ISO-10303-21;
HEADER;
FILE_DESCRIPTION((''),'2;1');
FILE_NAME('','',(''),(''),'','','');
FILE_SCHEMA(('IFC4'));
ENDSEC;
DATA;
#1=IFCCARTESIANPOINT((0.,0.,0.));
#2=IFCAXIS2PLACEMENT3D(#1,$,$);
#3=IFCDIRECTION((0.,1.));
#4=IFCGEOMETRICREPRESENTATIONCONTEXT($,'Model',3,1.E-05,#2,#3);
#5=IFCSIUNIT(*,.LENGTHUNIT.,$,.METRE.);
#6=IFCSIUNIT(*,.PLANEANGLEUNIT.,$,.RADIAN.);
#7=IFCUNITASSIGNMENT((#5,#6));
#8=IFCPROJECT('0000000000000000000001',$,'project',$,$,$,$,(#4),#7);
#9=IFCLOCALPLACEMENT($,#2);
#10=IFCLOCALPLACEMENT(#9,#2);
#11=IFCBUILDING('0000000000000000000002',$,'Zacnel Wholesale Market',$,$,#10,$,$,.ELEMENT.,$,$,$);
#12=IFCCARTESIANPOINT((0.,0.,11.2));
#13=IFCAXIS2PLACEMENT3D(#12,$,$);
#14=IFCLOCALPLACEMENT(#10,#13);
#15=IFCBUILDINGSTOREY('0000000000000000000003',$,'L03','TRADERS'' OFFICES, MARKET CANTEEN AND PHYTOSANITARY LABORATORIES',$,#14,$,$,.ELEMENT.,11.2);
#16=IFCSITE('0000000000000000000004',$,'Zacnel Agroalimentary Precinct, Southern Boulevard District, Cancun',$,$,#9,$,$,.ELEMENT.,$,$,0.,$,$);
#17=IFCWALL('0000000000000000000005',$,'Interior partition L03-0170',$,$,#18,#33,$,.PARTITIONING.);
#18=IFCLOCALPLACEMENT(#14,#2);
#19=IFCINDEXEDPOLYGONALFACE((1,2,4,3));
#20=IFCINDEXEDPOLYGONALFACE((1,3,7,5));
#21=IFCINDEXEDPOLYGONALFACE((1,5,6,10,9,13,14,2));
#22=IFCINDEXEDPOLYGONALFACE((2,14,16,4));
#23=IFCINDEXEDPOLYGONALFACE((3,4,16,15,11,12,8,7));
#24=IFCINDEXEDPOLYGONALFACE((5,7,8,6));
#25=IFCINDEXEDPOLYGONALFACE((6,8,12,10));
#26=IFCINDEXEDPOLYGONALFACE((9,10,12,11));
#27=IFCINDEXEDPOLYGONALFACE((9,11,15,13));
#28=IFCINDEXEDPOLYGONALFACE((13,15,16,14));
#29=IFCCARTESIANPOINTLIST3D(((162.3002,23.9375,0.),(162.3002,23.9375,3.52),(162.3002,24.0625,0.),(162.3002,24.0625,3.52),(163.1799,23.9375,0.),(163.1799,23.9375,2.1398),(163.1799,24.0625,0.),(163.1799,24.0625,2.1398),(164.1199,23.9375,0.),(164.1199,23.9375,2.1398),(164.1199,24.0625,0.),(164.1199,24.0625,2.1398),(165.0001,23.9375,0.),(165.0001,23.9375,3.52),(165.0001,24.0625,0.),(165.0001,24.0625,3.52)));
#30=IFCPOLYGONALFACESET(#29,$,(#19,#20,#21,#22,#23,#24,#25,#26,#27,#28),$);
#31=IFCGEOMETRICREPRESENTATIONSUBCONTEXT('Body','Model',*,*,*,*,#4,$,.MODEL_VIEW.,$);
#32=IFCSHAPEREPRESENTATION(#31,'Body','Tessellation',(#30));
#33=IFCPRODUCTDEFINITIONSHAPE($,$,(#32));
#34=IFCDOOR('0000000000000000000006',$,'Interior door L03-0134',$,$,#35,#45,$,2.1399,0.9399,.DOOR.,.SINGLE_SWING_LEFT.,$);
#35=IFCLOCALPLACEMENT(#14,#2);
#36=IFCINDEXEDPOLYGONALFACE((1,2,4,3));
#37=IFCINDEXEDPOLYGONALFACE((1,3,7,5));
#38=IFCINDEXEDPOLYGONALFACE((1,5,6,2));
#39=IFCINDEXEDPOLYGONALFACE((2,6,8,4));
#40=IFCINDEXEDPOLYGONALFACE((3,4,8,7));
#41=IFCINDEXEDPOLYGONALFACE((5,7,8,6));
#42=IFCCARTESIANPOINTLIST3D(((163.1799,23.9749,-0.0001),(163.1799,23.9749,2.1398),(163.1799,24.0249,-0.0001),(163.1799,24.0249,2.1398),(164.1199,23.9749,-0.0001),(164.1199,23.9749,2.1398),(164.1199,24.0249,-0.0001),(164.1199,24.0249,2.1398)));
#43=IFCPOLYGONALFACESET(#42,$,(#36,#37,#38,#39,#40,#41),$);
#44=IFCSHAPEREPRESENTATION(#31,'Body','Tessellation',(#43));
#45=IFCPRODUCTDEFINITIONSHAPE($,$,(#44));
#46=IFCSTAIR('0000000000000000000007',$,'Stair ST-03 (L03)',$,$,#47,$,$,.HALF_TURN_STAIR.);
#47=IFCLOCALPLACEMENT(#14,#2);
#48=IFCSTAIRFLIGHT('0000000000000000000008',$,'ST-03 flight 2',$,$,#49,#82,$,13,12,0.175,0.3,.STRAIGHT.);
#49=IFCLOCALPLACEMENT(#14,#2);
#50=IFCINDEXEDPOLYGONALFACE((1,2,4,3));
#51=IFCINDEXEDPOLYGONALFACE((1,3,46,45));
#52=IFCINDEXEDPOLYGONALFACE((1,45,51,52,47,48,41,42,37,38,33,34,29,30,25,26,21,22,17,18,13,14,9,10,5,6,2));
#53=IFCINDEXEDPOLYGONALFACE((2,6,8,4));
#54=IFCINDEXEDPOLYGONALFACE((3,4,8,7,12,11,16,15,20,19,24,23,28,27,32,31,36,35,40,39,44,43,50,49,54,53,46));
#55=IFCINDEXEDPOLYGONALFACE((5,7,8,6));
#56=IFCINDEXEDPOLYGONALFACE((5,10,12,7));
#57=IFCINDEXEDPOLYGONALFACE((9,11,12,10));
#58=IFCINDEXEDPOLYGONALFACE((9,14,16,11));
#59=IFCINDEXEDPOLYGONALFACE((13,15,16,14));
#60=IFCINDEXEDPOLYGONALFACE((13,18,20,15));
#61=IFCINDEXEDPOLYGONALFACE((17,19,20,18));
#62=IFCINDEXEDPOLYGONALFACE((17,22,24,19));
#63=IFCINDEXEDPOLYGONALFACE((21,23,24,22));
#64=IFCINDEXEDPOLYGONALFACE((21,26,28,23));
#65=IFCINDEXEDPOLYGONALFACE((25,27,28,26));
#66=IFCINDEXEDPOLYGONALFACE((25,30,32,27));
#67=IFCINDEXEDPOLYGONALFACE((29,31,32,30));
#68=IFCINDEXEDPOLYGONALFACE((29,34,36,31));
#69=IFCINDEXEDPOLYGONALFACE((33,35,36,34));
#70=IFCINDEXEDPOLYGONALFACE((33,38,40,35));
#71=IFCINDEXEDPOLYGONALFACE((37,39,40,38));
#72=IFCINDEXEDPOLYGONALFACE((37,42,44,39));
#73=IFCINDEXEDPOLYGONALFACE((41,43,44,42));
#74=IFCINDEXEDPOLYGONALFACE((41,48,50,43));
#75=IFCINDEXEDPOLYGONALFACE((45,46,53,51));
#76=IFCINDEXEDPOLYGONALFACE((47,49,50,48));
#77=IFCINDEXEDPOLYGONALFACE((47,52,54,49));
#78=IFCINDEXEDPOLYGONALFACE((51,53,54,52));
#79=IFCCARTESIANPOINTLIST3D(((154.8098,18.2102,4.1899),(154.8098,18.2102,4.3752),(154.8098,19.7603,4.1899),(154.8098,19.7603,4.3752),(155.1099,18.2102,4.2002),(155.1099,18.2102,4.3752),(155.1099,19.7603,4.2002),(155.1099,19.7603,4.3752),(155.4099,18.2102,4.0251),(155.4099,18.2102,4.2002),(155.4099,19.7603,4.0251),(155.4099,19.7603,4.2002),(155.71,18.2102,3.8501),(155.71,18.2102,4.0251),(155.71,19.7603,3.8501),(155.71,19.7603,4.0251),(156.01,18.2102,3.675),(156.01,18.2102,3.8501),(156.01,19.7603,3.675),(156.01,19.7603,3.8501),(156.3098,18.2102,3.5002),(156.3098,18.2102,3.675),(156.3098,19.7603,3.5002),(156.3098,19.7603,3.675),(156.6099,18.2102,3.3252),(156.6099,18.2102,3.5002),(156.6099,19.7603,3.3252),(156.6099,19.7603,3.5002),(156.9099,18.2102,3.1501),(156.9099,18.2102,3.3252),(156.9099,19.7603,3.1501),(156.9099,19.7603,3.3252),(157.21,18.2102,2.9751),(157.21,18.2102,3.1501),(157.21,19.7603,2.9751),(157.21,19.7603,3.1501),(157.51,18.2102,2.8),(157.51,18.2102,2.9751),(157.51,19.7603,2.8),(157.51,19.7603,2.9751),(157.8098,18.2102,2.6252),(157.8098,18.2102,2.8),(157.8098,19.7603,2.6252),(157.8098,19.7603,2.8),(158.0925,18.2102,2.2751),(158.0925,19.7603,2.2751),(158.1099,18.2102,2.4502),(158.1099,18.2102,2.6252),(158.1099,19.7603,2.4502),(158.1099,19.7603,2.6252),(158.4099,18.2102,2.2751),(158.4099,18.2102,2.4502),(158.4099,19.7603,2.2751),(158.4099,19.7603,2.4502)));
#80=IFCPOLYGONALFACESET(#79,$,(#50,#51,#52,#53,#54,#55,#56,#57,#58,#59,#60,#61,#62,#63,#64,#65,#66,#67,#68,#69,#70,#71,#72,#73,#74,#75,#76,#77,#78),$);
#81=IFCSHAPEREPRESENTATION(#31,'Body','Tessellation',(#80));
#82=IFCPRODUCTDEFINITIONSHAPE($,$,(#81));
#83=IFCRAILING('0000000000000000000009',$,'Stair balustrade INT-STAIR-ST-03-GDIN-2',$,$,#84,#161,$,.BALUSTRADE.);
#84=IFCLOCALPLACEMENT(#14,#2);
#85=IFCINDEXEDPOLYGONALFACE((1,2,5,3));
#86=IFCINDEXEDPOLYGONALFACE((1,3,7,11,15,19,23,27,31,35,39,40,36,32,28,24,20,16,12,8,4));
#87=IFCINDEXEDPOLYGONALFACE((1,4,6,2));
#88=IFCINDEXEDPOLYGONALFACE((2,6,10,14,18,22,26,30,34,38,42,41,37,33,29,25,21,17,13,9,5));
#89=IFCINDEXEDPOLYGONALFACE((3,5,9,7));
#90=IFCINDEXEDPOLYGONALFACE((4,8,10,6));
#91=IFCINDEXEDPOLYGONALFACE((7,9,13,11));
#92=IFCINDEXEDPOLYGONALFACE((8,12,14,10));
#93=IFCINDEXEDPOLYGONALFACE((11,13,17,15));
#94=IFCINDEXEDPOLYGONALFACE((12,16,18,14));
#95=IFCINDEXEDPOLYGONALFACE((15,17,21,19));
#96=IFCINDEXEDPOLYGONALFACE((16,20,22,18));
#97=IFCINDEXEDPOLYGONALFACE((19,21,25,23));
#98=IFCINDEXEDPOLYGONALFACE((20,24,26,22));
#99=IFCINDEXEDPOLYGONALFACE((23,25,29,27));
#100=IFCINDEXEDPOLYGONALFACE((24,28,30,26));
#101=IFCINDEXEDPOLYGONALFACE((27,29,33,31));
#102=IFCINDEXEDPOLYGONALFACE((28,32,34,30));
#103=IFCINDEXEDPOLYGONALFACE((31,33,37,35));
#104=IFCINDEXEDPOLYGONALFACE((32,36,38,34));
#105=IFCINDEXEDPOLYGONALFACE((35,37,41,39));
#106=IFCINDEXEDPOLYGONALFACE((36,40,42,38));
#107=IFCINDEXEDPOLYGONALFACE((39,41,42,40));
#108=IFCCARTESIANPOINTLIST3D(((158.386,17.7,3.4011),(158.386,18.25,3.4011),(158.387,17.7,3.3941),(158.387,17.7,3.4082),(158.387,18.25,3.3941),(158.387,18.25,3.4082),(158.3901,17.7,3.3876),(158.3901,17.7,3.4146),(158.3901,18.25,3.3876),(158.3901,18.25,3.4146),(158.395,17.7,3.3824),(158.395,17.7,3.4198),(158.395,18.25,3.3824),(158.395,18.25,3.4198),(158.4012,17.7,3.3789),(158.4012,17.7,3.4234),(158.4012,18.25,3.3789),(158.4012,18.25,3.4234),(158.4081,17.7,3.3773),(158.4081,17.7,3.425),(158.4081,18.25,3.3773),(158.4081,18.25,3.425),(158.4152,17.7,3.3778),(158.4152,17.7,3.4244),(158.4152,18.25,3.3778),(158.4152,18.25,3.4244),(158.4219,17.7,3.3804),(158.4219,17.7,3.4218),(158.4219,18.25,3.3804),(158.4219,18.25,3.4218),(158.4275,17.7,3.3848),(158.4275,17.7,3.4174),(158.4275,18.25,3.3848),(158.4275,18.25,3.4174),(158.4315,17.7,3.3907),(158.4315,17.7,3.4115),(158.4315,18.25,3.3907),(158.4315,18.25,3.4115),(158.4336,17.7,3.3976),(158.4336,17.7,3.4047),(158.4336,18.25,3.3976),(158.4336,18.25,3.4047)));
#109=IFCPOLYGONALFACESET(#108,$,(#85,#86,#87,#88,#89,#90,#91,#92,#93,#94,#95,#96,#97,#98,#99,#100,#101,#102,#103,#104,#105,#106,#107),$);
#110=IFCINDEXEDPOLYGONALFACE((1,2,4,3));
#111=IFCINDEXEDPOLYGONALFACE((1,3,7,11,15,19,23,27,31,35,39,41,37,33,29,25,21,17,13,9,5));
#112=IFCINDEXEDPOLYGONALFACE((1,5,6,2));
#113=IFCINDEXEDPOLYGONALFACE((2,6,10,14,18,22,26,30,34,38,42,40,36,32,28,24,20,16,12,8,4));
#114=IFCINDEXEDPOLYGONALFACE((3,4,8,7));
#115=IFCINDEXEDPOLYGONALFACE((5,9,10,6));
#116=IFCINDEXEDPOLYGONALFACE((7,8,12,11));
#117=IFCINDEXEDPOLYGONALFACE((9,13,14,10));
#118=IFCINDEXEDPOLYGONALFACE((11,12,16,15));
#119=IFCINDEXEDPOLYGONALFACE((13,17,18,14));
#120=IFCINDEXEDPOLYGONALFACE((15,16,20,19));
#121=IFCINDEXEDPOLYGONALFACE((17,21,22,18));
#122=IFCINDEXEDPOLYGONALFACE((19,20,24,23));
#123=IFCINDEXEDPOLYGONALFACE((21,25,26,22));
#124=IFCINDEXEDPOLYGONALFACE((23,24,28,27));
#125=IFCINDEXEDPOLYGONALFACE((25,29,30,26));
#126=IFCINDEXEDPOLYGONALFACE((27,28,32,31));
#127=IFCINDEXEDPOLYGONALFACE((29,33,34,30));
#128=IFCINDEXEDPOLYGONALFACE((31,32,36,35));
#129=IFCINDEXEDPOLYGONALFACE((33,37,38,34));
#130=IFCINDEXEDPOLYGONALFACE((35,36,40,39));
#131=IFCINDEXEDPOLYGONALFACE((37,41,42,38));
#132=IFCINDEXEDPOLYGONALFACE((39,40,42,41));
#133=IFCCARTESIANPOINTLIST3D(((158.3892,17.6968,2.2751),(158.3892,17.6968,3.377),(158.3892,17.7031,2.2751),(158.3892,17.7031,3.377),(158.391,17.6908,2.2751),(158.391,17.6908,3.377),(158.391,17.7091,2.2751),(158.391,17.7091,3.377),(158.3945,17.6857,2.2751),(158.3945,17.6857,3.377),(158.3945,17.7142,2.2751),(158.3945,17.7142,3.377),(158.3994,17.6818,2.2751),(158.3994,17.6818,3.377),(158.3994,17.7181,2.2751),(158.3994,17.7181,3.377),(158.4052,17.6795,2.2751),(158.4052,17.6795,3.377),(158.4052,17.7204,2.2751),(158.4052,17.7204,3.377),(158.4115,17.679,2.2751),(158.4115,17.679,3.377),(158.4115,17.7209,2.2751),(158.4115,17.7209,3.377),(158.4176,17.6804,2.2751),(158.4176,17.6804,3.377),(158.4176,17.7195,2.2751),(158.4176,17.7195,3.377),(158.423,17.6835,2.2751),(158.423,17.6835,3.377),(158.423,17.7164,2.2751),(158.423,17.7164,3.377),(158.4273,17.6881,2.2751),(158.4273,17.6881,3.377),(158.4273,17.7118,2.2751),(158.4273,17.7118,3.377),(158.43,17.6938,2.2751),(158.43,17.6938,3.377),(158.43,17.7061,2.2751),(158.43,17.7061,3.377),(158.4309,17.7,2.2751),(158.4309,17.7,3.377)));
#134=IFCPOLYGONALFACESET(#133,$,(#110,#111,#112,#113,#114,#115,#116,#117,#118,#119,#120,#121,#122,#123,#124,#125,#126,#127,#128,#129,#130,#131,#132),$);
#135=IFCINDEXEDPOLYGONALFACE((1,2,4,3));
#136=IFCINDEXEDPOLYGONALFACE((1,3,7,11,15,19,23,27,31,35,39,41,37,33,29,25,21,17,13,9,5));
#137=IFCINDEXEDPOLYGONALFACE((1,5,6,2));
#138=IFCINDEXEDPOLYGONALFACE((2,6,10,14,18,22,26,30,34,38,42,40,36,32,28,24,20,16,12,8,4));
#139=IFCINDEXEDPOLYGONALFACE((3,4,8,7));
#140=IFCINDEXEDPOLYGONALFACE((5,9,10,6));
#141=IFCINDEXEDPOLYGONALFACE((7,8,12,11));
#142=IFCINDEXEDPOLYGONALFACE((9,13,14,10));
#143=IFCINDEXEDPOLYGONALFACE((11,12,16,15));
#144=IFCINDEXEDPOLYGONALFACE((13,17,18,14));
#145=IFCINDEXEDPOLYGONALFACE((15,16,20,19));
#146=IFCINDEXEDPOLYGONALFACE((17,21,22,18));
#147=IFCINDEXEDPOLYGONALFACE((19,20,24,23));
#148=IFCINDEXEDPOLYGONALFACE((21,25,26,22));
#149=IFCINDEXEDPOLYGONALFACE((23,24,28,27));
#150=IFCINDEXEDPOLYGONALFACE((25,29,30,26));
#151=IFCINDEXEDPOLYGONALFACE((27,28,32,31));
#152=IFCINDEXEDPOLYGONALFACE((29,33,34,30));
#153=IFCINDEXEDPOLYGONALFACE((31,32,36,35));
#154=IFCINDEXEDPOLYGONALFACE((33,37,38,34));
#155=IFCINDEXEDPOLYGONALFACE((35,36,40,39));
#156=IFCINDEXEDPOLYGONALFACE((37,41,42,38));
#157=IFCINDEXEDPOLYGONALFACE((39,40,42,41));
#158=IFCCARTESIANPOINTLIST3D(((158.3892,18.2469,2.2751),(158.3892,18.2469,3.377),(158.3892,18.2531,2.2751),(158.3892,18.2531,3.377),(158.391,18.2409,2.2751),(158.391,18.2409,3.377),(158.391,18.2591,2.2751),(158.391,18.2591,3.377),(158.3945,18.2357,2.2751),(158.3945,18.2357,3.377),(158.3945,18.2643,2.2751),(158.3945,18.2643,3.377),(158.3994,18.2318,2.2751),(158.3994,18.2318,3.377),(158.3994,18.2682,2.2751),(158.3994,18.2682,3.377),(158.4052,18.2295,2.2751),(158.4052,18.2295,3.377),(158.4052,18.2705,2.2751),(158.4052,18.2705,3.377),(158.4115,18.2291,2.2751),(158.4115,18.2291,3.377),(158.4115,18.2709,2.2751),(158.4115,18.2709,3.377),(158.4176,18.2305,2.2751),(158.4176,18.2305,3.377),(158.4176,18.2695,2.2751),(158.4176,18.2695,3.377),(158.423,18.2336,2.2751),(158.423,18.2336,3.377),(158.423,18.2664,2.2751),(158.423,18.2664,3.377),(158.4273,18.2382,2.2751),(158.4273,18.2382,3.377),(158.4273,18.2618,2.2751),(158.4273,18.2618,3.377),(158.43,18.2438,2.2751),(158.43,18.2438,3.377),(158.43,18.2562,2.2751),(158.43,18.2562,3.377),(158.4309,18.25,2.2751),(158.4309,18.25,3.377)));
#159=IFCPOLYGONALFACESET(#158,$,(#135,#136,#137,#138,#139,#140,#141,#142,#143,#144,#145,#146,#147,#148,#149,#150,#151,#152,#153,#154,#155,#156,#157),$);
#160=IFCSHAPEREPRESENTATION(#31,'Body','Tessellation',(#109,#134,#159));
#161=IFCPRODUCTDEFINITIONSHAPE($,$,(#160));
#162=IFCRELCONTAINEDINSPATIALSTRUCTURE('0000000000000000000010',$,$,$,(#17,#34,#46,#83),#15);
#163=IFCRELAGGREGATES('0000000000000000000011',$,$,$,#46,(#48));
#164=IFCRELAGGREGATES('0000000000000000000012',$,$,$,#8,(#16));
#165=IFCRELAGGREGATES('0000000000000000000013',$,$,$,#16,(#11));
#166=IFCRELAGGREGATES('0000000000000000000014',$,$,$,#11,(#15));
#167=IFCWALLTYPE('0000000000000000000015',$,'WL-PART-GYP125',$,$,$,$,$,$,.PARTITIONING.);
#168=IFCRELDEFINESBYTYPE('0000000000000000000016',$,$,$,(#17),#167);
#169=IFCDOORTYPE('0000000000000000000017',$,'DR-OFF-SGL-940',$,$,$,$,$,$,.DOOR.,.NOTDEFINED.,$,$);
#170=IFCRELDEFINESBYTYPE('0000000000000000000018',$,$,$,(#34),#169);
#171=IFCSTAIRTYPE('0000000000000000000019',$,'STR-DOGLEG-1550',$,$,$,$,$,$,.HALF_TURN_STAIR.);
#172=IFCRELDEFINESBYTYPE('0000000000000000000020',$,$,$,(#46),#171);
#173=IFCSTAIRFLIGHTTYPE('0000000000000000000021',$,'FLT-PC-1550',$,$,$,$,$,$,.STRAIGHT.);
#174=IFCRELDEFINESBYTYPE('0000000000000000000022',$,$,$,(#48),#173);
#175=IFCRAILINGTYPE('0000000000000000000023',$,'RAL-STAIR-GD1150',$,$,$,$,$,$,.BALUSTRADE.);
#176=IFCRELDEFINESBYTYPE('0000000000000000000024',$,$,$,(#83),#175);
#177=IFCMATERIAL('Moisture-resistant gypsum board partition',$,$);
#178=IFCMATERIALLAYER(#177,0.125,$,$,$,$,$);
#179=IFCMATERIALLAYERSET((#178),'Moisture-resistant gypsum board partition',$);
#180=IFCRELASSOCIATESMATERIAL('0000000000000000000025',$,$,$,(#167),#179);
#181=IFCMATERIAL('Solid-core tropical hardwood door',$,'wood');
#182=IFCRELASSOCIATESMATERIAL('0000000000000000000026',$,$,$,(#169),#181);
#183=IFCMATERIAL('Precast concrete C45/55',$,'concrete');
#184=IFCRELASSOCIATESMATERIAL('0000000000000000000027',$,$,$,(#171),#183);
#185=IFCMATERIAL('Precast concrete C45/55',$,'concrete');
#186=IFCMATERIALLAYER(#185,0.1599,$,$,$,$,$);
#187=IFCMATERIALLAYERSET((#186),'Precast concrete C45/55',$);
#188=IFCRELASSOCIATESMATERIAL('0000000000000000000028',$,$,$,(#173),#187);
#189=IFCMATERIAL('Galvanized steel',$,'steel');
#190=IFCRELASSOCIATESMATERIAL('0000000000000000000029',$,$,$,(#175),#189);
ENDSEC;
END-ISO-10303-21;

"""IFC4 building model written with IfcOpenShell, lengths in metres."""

from ifc_helpers import new_model, si_unit, direction, frame, frame_2d, origin, origin_2d, place, context, subcontext, project, spatial, polyline, rectangle, circle, outline, extrude, material, layer, layer_set, type_object, element, fill, aggregate, save


model = new_model("IFC4")

# Units and contexts
model_context = context("Model", 3, precision=1e-05, world=origin(), true_north=direction((0.0, 1.0)))
body_context = subcontext(model_context, "Body", "Model", "MODEL_VIEW")
ifc_project = project(units=[si_unit("LENGTHUNIT", "METRE"), si_unit("PLANEANGLEUNIT", "RADIAN")], contexts=[model_context])

# Site, building, storey
site_placement = place(None, origin())
site = spatial("IfcSite", under=ifc_project, at=site_placement, Name="Zacnel Agroalimentary Precinct, Southern Boulevard District, Cancun", CompositionType="ELEMENT", RefElevation=0.0)
building_placement = place(site_placement, origin())
building = spatial("IfcBuilding", under=site, at=building_placement, Name="Zacnel Wholesale Market", CompositionType="ELEMENT")
storey_placement = place(building_placement, frame((0.0, 0.0, 11.2)))
storey = spatial("IfcBuildingStorey", under=building, at=storey_placement, Name="L03", Description="TRADERS' OFFICES, MARKET CANTEEN AND PHYTOSANITARY LABORATORIES", CompositionType="ELEMENT", Elevation=11.2)

# Wall, opening, door
ifc_material_1 = material(Name="Moisture-resistant gypsum board partition")
ifc_layer_1 = layer(ifc_material_1, 0.125)
ifc_layer_set_1 = layer_set([ifc_layer_1], Name="Moisture-resistant gypsum board partition")
wall_type_1 = type_object("IfcWallType", Name="WL-PART-GYP125", PredefinedType="PARTITIONING", material=ifc_layer_set_1)
wall_1_placement = place(storey_placement, frame((162.3, 24.0, 0.0), z_axis=(0.0, 0.0, 1.0), x_axis=(1.0, 0.0, 0.0)))
wall_1 = element("IfcWall", 1, at=wall_1_placement, inside=storey, type_object=wall_type_1, Name="Interior partition L03-0170", PredefinedType="PARTITIONING", context=body_context, shape_type="SweptSolid", body=[
    extrude(rectangle(XDim=2.7, YDim=0.125, at=frame_2d((1.3501, 0.0))), origin(), (0.0, 0.0, 1.0), 3.52),
])
opening_1_placement = place(wall_1_placement, frame((0.8799, 0.0, 0.0)))
opening_1 = element("IfcOpeningElement", 2, at=opening_1_placement, cuts=wall_1, PredefinedType="OPENING", context=body_context, shape_type="SweptSolid", body=[
    extrude(rectangle(XDim=0.9399, YDim=2.1399, at=frame_2d((0.47, 1.0698))), frame((0.0, 0.0725, 0.0), z_axis=(0.0, -1.0, 0.0), x_axis=(1.0, 0.0, 0.0)), (0.0, 0.0, 1.0), 0.145),
])
ifc_material_2 = material(Name="Solid-core tropical hardwood door", Category="wood")
door_type_1 = type_object("IfcDoorType", Name="DR-OFF-SGL-940", OperationType="NOTDEFINED", PredefinedType="DOOR", material=ifc_material_2)
door_1_placement = place(opening_1_placement, origin())
door_1 = element("IfcDoor", 3, at=door_1_placement, inside=storey, type_object=door_type_1, Name="Interior door L03-0134", OperationType="SINGLE_SWING_LEFT", OverallHeight=2.1399, OverallWidth=0.9399, PredefinedType="DOOR", context=body_context, shape_type="SweptSolid", body=[
    extrude(rectangle(XDim=0.9399, YDim=2.1399, at=frame_2d((0.47, 1.0698))), frame((0.0, 0.0249, 0.0), z_axis=(0.0, -1.0, 0.0), x_axis=(1.0, 0.0, 0.0)), (0.0, 0.0, 1.0), 0.05),
])
fill(opening_1, door_1)

# Stair, stair flight
ifc_material_3 = material(Name="Precast concrete C45/55", Category="concrete")
stair_type = type_object("IfcStairType", Name="STR-DOGLEG-1550", PredefinedType="HALF_TURN_STAIR", material=ifc_material_3)
stair_placement = place(storey_placement, origin())
stair = element("IfcStair", 4, at=stair_placement, inside=storey, type_object=stair_type, Name="Stair ST-03 (L03)", PredefinedType="HALF_TURN_STAIR")
ifc_material_4 = material(Name="Precast concrete C45/55", Category="concrete")
ifc_layer_2 = layer(ifc_material_4, 0.1599)
ifc_layer_set_2 = layer_set([ifc_layer_2], Name="Precast concrete C45/55")
stair_flight_type = type_object("IfcStairFlightType", Name="FLT-PC-1550", PredefinedType="STRAIGHT", material=ifc_layer_set_2)
stair_flight_placement = place(storey_placement, frame((158.4099, 18.9851, 2.2751), z_axis=(0.0, 0.0, 1.0), x_axis=(-1.0, 0.0, 0.0)))
stair_flight = element("IfcStairFlight", 5, at=stair_flight_placement, type_object=stair_flight_type, Name="ST-03 flight 2", NumberOfRisers=13, NumberOfTreads=12, PredefinedType="STRAIGHT", RiserHeight=0.175, TreadLength=0.3, context=body_context, shape_type="SweptSolid", body=[
    extrude(outline(polyline([(0.0, 0.0), (0.0, 0.175), (0.3, 0.175), (0.3, 0.3501), (0.6001, 0.3501), (0.6001, 0.5249), (0.8999, 0.5249), (0.8999, 0.7), (1.2, 0.7), (1.2, 0.875), (1.5, 0.875), (1.5, 1.05), (1.8, 1.05), (1.8, 1.2251), (2.1001, 1.2251), (2.1001, 1.3999), (2.3999, 1.3999), (2.3999, 1.575), (2.7, 1.575), (2.7, 1.75), (3.0, 1.75), (3.0, 1.925), (3.3, 1.925), (3.3, 2.1001), (3.6001, 2.1001), (3.6001, 2.2749), (3.6001, 1.9148), (0.3174, 0.0), (0.0, 0.0)])), frame((0.0, 0.7749, 0.0), z_axis=(0.0, -1.0, 0.0), x_axis=(1.0, 0.0, 0.0)), (0.0, 0.0, 1.0), 1.55),
])
aggregate(stair, [stair_flight])

# Railing
ifc_material_5 = material(Name="Galvanized steel", Category="steel")
railing_type = type_object("IfcRailingType", Name="RAL-STAIR-GD1150", PredefinedType="BALUSTRADE", material=ifc_material_5)
railing_1_placement = place(storey_placement, frame((158.4099, 17.7, 2.2751)))
element("IfcRailing", 6, at=railing_1_placement, inside=storey, type_object=railing_type, Name="Stair balustrade INT-STAIR-ST-03-GDIN-2", PredefinedType="BALUSTRADE", context=body_context, shape_type="SweptSolid", body=[
    extrude(circle(Radius=0.0239, at=origin_2d()), frame((0.0, 0.0, 1.126), z_axis=(0.0, 1.0, 0.0), x_axis=(-1.0, 0.0, 0.0)), (0.0, 0.0, 1.0), 0.55),
    extrude(circle(Radius=0.021, at=origin_2d()), origin(), (0.0, 0.0, 1.0), 1.1018),
    extrude(circle(Radius=0.021, at=origin_2d()), frame((0.0, 0.55, 0.0)), (0.0, 0.0, 1.0), 1.1018),
])

save(model, "model.ifc")
